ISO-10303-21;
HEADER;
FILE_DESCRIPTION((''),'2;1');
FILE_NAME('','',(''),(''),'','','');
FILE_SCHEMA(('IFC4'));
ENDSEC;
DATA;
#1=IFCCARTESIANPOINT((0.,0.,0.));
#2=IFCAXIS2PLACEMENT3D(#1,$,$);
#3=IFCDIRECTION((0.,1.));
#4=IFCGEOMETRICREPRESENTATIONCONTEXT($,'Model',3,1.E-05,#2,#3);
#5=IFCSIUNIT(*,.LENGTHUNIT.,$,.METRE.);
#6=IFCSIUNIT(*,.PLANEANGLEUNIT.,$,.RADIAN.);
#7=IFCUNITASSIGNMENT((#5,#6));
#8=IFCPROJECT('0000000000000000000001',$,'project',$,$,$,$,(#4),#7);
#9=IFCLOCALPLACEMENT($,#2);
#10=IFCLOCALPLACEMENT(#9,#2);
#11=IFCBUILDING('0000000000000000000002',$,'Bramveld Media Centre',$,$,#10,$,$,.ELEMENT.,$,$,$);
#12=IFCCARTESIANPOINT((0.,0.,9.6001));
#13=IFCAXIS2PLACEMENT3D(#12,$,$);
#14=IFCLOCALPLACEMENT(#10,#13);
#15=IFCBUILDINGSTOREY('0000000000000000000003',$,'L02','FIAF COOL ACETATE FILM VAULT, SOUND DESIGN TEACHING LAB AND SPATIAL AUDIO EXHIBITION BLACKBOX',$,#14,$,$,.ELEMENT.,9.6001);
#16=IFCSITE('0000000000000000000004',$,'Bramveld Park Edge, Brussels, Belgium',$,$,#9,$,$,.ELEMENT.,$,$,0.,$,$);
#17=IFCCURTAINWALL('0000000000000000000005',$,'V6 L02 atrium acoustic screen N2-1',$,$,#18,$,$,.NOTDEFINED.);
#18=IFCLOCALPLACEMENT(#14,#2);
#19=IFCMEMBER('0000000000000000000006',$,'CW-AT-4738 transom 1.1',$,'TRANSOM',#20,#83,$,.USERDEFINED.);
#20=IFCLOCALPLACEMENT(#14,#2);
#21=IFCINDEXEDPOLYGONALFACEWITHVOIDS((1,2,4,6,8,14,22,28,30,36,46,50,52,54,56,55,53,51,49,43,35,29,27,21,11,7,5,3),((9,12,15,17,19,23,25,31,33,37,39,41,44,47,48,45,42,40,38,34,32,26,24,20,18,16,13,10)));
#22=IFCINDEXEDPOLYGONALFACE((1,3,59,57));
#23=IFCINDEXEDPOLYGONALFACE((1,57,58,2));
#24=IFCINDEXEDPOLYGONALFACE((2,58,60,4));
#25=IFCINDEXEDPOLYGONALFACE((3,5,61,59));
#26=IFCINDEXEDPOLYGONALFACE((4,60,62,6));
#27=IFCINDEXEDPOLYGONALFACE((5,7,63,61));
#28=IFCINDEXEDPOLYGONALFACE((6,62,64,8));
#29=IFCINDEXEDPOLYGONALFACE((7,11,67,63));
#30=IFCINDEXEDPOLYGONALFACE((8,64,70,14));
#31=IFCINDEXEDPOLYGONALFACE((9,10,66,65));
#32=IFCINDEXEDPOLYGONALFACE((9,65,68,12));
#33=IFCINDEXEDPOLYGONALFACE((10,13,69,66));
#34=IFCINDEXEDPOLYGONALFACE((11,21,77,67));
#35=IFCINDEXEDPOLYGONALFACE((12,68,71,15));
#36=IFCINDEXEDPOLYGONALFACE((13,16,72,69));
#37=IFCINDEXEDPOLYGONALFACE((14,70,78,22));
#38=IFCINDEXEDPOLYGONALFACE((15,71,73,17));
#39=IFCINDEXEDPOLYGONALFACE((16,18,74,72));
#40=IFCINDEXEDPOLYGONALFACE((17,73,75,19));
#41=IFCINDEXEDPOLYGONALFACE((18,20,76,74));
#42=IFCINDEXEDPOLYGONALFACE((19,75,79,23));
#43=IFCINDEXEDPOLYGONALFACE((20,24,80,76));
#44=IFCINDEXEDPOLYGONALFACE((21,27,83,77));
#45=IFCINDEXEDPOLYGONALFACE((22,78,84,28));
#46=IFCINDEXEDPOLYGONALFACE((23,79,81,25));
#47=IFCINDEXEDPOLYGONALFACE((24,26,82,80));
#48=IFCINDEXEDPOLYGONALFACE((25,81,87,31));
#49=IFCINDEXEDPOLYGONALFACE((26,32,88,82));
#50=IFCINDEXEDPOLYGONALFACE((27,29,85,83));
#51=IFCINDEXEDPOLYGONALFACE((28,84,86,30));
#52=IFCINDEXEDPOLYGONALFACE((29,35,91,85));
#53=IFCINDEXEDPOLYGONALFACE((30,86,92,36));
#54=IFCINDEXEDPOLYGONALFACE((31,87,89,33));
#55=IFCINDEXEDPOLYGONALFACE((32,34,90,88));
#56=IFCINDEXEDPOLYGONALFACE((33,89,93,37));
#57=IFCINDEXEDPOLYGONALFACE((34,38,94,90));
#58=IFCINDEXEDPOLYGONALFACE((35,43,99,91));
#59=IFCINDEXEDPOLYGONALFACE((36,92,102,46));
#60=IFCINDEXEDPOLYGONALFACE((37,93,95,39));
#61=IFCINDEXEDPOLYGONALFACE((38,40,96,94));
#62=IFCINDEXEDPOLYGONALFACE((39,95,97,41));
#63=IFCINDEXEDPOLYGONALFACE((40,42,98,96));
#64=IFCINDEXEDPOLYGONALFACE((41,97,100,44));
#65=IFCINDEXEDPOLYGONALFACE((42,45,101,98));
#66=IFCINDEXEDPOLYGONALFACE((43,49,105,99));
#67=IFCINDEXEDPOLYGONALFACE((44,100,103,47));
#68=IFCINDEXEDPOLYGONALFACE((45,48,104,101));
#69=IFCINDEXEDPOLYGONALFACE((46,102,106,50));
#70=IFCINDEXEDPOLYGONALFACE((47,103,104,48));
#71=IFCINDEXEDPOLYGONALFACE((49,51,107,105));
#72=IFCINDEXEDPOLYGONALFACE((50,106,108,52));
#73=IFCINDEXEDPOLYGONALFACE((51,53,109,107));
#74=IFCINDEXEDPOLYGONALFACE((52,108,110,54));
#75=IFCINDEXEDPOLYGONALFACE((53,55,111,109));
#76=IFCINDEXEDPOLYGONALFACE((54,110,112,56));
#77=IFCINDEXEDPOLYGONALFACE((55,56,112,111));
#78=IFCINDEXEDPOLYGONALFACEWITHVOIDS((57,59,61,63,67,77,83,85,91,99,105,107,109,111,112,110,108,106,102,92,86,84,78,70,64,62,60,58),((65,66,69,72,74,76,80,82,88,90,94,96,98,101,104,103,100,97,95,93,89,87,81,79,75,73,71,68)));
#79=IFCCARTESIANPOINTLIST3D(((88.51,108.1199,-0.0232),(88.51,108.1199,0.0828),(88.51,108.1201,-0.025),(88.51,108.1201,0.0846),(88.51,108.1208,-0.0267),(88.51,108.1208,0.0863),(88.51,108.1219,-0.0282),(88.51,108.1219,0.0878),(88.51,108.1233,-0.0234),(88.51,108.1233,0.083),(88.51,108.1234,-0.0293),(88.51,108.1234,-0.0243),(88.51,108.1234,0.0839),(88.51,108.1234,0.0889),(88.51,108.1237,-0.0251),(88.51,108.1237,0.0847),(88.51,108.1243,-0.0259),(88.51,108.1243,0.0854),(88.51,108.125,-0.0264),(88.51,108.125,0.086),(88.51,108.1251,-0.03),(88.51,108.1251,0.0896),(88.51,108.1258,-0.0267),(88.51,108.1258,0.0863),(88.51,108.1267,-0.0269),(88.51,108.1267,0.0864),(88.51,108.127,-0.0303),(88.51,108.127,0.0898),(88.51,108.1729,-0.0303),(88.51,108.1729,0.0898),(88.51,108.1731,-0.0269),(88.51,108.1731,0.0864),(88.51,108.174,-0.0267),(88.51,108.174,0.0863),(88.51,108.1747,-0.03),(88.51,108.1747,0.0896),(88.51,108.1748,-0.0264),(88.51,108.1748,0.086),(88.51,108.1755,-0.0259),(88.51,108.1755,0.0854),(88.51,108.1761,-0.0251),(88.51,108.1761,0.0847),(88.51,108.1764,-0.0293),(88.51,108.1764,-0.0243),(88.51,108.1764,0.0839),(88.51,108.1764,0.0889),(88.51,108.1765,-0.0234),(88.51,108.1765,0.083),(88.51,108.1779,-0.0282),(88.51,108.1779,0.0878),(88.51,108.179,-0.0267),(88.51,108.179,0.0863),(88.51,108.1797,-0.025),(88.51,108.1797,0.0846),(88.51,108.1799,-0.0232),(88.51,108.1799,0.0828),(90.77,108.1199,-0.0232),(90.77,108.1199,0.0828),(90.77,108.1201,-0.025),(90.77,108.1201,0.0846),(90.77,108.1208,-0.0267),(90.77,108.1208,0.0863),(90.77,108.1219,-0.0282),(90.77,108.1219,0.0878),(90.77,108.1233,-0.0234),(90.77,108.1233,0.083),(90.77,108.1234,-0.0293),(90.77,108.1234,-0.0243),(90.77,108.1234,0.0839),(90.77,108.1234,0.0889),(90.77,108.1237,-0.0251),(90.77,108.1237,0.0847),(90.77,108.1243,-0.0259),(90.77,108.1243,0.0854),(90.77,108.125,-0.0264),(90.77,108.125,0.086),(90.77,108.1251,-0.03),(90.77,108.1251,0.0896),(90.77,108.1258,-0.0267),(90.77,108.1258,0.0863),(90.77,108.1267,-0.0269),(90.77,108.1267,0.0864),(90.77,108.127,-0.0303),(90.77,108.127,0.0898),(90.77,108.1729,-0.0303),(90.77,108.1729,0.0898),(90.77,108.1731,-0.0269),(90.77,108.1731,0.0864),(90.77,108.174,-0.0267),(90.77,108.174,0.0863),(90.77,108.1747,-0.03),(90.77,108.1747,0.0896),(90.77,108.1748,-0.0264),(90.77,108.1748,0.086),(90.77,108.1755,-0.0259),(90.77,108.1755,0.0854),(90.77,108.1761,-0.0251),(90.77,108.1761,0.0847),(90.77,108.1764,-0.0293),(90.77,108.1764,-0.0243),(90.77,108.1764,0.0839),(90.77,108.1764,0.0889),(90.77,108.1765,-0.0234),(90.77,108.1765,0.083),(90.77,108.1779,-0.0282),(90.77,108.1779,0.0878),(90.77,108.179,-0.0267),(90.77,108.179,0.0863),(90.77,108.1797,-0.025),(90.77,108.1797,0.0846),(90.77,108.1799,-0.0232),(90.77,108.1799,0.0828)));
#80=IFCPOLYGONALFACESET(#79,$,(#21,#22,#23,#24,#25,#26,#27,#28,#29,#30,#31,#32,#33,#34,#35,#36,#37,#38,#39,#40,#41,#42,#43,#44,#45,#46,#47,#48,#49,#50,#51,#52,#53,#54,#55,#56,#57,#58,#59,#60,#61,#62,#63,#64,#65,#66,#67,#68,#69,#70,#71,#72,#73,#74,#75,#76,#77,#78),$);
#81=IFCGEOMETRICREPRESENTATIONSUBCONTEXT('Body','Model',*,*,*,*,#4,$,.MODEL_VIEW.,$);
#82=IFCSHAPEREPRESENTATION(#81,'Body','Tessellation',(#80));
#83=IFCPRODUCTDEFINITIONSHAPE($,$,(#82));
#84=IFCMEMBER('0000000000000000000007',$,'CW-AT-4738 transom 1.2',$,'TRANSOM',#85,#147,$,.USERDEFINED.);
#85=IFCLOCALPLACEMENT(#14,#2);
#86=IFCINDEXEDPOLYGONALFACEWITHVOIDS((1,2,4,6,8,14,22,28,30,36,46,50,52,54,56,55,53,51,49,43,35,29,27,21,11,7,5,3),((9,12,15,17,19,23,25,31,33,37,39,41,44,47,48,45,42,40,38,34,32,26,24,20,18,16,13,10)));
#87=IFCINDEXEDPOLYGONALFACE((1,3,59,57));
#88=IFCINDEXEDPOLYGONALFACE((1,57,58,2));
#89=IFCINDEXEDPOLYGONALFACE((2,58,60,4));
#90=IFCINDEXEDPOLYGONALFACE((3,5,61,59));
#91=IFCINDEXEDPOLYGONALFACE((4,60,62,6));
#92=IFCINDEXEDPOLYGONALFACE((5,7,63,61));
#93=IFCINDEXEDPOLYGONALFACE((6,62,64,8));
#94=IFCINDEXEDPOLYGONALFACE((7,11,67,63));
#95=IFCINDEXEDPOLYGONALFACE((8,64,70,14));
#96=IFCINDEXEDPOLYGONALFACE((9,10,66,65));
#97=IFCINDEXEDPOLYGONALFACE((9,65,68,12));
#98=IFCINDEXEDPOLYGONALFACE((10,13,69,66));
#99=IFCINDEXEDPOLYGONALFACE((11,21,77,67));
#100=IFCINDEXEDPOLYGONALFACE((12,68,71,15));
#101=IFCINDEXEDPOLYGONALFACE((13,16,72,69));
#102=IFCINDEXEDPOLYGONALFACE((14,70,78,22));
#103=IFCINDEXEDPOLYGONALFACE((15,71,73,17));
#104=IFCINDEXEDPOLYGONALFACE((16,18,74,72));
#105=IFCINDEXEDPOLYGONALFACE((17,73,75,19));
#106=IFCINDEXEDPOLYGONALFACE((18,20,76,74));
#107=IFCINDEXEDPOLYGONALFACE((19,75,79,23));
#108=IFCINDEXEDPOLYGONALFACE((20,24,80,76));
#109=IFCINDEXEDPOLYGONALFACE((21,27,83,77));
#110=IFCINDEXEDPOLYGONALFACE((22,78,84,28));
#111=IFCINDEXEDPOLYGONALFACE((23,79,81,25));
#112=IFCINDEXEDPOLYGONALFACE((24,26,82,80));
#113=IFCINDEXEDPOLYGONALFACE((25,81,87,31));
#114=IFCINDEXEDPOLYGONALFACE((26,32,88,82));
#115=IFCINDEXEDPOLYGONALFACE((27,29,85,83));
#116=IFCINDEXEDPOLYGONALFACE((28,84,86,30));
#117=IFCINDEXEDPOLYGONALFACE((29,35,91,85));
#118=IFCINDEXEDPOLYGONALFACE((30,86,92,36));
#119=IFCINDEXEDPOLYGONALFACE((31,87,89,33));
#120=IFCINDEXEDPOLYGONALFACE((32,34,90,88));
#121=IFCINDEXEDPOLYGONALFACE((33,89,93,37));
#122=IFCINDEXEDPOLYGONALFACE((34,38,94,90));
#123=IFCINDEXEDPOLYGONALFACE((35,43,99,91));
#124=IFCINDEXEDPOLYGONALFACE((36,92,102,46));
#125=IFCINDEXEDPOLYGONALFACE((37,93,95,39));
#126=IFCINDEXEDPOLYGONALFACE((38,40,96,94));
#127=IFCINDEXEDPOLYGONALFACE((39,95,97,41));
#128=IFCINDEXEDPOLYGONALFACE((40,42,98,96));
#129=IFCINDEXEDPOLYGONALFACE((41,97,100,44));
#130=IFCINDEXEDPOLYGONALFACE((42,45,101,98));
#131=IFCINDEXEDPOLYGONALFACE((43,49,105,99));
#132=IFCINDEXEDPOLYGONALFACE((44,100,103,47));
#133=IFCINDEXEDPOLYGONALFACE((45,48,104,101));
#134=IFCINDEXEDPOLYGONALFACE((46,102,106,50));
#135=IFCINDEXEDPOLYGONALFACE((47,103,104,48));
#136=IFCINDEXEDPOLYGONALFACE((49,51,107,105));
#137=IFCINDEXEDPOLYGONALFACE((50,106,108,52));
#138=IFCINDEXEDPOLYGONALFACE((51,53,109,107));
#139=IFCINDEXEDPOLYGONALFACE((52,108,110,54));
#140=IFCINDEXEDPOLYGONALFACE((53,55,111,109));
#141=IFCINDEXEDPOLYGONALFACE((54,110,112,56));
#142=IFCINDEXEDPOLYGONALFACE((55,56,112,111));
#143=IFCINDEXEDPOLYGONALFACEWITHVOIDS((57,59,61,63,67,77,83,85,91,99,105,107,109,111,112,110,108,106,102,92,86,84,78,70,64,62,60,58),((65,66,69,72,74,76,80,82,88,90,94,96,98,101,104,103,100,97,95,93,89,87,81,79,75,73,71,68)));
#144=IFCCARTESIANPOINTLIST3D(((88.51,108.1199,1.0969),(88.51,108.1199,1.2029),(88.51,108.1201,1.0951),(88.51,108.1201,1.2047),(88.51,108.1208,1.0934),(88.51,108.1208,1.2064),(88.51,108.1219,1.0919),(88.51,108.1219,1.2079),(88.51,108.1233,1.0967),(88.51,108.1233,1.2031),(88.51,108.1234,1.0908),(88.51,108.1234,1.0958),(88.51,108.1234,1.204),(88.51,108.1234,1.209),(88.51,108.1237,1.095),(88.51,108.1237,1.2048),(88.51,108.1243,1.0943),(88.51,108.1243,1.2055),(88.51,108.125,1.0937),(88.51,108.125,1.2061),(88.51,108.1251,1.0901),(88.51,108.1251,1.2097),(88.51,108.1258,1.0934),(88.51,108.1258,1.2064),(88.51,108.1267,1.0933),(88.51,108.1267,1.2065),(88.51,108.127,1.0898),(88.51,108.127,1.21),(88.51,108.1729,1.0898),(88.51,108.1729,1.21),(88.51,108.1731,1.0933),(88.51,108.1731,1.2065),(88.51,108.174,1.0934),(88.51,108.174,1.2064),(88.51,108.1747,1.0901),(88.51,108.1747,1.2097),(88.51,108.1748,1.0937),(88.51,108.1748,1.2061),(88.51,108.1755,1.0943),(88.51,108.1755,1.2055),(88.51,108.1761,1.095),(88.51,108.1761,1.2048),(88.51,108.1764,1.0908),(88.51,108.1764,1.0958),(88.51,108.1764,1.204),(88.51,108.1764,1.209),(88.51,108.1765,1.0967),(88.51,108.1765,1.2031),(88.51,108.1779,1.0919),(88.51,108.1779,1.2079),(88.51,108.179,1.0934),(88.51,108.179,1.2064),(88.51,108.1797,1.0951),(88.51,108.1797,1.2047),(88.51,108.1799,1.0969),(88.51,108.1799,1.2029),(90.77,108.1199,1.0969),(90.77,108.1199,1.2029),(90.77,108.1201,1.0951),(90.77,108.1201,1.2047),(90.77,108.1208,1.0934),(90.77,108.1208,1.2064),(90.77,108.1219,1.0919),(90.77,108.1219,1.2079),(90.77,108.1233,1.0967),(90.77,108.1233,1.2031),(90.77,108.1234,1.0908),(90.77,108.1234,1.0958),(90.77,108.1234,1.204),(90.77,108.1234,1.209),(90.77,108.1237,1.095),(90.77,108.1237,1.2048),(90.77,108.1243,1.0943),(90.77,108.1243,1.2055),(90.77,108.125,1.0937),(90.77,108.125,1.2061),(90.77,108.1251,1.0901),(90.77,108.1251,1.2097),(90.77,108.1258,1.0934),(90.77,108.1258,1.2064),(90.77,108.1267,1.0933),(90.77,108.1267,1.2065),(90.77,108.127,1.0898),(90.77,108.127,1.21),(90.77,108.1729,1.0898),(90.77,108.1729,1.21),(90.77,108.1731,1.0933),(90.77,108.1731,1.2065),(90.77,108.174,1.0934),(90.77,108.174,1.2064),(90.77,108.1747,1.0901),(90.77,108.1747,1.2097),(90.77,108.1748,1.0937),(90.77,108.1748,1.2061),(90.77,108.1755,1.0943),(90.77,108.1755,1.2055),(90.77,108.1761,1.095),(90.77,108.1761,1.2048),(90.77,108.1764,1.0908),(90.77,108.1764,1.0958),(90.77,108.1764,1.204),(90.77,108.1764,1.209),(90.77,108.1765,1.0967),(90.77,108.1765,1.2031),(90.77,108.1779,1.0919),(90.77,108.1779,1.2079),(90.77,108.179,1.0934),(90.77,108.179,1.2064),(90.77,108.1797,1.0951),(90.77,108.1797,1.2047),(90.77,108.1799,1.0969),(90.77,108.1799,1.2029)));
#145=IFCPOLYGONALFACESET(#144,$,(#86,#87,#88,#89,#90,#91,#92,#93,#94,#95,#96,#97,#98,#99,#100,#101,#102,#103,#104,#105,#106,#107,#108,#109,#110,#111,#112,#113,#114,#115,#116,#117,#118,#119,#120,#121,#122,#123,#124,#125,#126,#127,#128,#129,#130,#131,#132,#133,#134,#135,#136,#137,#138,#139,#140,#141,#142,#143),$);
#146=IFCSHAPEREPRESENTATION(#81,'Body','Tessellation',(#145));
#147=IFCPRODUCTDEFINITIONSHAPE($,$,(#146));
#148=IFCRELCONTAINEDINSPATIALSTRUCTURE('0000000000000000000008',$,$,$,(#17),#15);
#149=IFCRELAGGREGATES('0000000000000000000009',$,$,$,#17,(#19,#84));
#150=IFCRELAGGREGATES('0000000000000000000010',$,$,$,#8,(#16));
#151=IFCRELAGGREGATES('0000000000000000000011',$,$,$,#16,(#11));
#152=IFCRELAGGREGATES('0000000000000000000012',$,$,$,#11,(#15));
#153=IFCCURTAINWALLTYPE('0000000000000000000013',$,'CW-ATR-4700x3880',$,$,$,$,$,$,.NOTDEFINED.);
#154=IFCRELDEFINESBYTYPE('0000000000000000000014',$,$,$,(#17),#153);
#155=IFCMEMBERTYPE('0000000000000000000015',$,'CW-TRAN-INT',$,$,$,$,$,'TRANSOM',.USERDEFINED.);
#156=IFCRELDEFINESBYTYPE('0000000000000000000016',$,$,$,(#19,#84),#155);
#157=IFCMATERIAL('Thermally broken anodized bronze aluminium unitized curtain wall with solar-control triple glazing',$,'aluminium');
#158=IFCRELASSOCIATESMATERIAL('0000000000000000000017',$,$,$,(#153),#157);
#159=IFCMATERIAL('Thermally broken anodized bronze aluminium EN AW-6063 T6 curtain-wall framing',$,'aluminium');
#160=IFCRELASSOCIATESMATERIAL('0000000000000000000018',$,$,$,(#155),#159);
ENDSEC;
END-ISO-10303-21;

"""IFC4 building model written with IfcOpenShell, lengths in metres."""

from ifc_helpers import new_model, si_unit, direction, frame, origin, origin_2d, place, context, subcontext, project, spatial, hollow_rectangle, extrude, material, material_profile, profile_set, type_object, element, aggregate, save


model = new_model("IFC4")

# Units and contexts
model_context = context("Model", 3, precision=1e-05, world=origin(), true_north=direction((0.0, 1.0)))
body_context = subcontext(model_context, "Body", "Model", "MODEL_VIEW")
ifc_project = project(units=[si_unit("LENGTHUNIT", "METRE"), si_unit("PLANEANGLEUNIT", "RADIAN")], contexts=[model_context])

# Site, building, storey
site_placement = place(None, origin())
site = spatial("IfcSite", under=ifc_project, at=site_placement, Name="Bramveld Park Edge, Brussels, Belgium", CompositionType="ELEMENT", RefElevation=0.0)
building_placement = place(site_placement, origin())
building = spatial("IfcBuilding", under=site, at=building_placement, Name="Bramveld Media Centre", CompositionType="ELEMENT")
storey_placement = place(building_placement, frame((0.0, 0.0, 9.6001)))
storey = spatial("IfcBuildingStorey", under=building, at=storey_placement, Name="L02", Description="FIAF COOL ACETATE FILM VAULT, SOUND DESIGN TEACHING LAB AND SPATIAL AUDIO EXHIBITION BLACKBOX", CompositionType="ELEMENT", Elevation=9.6001)

# Shared definitions
ifc_material_1 = material(Name="Thermally broken anodized bronze aluminium unitized curtain wall with solar-control triple glazing", Category="aluminium")
curtain_wall_type_1 = type_object("IfcCurtainWallType", Name="CW-ATR-4700x3880", PredefinedType="NOTDEFINED", material=ifc_material_1)

# Curtain wall
curtain_wall_1_placement = place(storey_placement, origin())
curtain_wall_1 = element("IfcCurtainWall", 1, at=curtain_wall_1_placement, inside=storey, type_object=curtain_wall_type_1, Name="V6 L02 atrium acoustic screen N2-1", PredefinedType="NOTDEFINED")

# Members
ifc_material_2 = material(Name="Thermally broken anodized bronze aluminium EN AW-6063 T6 curtain-wall framing", Category="aluminium")
ifc_material_profile_1 = material_profile(ifc_material_2, hollow_rectangle(XDim=0.0601, YDim=0.1201, WallThickness=0.0034, InnerFilletRadius=0.0034, OuterFilletRadius=0.0071, at=origin_2d()), Name="AL-TRAN 60x120")
ifc_profile_set_1 = profile_set([ifc_material_profile_1], Name="Thermally broken anodized bronze aluminium EN AW-6063 T6 curtain-wall framing")
member_type_1 = type_object("IfcMemberType", Name="CW-TRAN-INT", ElementType="TRANSOM", PredefinedType="USERDEFINED", material=ifc_profile_set_1)
member_1_placement = place(storey_placement, frame((88.51, 108.1499, 0.0298), z_axis=(1.0, 0.0, 0.0), x_axis=(0.0, 1.0, 0.0)))
member_1 = element("IfcMember", 2, at=member_1_placement, type_object=member_type_1, Name="CW-AT-4738 transom 1.1", ObjectType="TRANSOM", PredefinedType="USERDEFINED", context=body_context, shape_type="SweptSolid", body=[
    extrude(hollow_rectangle(XDim=0.0601, YDim=0.1201, WallThickness=0.0034, InnerFilletRadius=0.0034, OuterFilletRadius=0.0071, at=origin_2d()), origin(), (0.0, 0.0, 1.0), 2.26),
])
member_2_placement = place(storey_placement, frame((88.51, 108.1499, 1.1499), z_axis=(1.0, 0.0, 0.0), x_axis=(0.0, 1.0, 0.0)))
member_2 = element("IfcMember", 3, at=member_2_placement, type_object=member_type_1, Name="CW-AT-4738 transom 1.2", ObjectType="TRANSOM", PredefinedType="USERDEFINED", context=body_context, shape_type="SweptSolid", body=[
    extrude(hollow_rectangle(XDim=0.0601, YDim=0.1201, WallThickness=0.0034, InnerFilletRadius=0.0034, OuterFilletRadius=0.0071, at=origin_2d()), origin(), (0.0, 0.0, 1.0), 2.26),
])

aggregate(curtain_wall_1, [member_1, member_2])

save(model, "model.ifc")
